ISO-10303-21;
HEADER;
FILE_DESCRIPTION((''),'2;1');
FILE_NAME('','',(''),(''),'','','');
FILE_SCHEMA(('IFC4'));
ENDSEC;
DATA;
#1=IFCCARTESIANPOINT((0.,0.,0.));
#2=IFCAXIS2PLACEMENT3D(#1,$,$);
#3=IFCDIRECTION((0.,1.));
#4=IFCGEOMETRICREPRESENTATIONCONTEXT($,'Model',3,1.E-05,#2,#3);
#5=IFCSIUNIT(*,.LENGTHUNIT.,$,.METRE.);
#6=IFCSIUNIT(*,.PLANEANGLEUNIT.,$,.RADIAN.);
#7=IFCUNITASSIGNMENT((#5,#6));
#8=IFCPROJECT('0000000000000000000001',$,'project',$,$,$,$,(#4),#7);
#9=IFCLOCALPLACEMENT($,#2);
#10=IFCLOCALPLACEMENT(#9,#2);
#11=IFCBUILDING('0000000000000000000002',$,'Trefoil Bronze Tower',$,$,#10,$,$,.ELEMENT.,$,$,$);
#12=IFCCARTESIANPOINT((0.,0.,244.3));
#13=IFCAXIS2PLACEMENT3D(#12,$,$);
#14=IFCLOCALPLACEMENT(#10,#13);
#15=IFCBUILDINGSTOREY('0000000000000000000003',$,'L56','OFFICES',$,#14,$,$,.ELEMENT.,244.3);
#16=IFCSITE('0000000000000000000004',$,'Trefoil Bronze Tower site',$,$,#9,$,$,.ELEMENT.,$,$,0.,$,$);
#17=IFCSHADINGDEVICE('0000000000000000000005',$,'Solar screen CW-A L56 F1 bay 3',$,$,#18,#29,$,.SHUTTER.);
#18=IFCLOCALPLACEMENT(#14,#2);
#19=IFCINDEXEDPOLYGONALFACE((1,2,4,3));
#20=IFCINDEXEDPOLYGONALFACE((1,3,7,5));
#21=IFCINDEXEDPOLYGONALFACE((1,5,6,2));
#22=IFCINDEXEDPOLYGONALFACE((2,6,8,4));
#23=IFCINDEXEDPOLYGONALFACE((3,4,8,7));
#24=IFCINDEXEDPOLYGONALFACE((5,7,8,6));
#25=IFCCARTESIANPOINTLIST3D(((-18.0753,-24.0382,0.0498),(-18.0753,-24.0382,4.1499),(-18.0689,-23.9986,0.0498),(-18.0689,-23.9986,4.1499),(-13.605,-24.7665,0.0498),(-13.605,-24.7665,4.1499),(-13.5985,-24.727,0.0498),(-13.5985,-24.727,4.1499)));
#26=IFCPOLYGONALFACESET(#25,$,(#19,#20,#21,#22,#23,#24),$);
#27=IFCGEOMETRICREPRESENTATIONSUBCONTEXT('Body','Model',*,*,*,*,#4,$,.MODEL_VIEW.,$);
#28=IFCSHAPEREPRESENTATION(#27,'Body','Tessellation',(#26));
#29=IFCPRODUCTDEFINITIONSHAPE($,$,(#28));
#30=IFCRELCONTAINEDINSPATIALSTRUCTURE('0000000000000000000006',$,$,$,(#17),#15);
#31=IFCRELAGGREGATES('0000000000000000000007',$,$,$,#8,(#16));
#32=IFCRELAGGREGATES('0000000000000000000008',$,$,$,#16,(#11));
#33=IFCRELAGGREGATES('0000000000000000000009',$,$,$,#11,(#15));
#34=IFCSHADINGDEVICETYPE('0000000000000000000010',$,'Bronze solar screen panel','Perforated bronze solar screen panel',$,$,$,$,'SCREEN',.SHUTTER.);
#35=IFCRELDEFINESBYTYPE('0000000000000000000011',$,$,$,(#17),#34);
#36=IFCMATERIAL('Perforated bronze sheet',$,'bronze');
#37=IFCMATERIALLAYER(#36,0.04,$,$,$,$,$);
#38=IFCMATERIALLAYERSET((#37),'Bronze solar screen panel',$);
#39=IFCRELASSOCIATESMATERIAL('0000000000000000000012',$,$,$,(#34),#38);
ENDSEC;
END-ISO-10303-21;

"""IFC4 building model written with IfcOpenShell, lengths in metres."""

from ifc_helpers import new_model, si_unit, direction, frame, origin, origin_2d, place, context, subcontext, project, spatial, rectangle, extrude, material, layer, layer_set, type_object, element, save


model = new_model("IFC4")

# Units and contexts
model_context = context("Model", 3, precision=1e-05, world=origin(), true_north=direction((0.0, 1.0)))
body_context = subcontext(model_context, "Body", "Model", "MODEL_VIEW")
ifc_project = project(units=[si_unit("LENGTHUNIT", "METRE"), si_unit("PLANEANGLEUNIT", "RADIAN")], contexts=[model_context])

# Site, building, storey
site_placement = place(None, origin())
site = spatial("IfcSite", under=ifc_project, at=site_placement, Name="Trefoil Bronze Tower site", CompositionType="ELEMENT", RefElevation=0.0)
building_placement = place(site_placement, origin())
building = spatial("IfcBuilding", under=site, at=building_placement, Name="Trefoil Bronze Tower", CompositionType="ELEMENT")
storey_placement = place(building_placement, frame((0.0, 0.0, 244.3)))
storey = spatial("IfcBuildingStorey", under=building, at=storey_placement, Name="L56", Description="OFFICES", CompositionType="ELEMENT", Elevation=244.3)

# Shading device
ifc_material_1 = material(Name="Perforated bronze sheet", Category="bronze")
ifc_layer_1 = layer(ifc_material_1, 0.04)
ifc_layer_set_1 = layer_set([ifc_layer_1], Name="Bronze solar screen panel")
shading_device_type = type_object("IfcShadingDeviceType", Name="Bronze solar screen panel", Description="Perforated bronze solar screen panel", ElementType="SCREEN", PredefinedType="SHUTTER", material=ifc_layer_set_1)
shading_device_1_placement = place(storey_placement, frame((-15.8369, -24.3826, 0.0498), z_axis=(0.0, 0.0, 1.0), x_axis=(0.986987, -0.160803, 0.0)))
element("IfcShadingDevice", 1, at=shading_device_1_placement, inside=storey, type_object=shading_device_type, Name="Solar screen CW-A L56 F1 bay 3", PredefinedType="SHUTTER", context=body_context, shape_type="SweptSolid", body=[
    extrude(rectangle(XDim=4.5293, YDim=0.04, at=origin_2d()), origin(), (0.0, 0.0, 1.0), 4.1001),
])

save(model, "model.ifc")
